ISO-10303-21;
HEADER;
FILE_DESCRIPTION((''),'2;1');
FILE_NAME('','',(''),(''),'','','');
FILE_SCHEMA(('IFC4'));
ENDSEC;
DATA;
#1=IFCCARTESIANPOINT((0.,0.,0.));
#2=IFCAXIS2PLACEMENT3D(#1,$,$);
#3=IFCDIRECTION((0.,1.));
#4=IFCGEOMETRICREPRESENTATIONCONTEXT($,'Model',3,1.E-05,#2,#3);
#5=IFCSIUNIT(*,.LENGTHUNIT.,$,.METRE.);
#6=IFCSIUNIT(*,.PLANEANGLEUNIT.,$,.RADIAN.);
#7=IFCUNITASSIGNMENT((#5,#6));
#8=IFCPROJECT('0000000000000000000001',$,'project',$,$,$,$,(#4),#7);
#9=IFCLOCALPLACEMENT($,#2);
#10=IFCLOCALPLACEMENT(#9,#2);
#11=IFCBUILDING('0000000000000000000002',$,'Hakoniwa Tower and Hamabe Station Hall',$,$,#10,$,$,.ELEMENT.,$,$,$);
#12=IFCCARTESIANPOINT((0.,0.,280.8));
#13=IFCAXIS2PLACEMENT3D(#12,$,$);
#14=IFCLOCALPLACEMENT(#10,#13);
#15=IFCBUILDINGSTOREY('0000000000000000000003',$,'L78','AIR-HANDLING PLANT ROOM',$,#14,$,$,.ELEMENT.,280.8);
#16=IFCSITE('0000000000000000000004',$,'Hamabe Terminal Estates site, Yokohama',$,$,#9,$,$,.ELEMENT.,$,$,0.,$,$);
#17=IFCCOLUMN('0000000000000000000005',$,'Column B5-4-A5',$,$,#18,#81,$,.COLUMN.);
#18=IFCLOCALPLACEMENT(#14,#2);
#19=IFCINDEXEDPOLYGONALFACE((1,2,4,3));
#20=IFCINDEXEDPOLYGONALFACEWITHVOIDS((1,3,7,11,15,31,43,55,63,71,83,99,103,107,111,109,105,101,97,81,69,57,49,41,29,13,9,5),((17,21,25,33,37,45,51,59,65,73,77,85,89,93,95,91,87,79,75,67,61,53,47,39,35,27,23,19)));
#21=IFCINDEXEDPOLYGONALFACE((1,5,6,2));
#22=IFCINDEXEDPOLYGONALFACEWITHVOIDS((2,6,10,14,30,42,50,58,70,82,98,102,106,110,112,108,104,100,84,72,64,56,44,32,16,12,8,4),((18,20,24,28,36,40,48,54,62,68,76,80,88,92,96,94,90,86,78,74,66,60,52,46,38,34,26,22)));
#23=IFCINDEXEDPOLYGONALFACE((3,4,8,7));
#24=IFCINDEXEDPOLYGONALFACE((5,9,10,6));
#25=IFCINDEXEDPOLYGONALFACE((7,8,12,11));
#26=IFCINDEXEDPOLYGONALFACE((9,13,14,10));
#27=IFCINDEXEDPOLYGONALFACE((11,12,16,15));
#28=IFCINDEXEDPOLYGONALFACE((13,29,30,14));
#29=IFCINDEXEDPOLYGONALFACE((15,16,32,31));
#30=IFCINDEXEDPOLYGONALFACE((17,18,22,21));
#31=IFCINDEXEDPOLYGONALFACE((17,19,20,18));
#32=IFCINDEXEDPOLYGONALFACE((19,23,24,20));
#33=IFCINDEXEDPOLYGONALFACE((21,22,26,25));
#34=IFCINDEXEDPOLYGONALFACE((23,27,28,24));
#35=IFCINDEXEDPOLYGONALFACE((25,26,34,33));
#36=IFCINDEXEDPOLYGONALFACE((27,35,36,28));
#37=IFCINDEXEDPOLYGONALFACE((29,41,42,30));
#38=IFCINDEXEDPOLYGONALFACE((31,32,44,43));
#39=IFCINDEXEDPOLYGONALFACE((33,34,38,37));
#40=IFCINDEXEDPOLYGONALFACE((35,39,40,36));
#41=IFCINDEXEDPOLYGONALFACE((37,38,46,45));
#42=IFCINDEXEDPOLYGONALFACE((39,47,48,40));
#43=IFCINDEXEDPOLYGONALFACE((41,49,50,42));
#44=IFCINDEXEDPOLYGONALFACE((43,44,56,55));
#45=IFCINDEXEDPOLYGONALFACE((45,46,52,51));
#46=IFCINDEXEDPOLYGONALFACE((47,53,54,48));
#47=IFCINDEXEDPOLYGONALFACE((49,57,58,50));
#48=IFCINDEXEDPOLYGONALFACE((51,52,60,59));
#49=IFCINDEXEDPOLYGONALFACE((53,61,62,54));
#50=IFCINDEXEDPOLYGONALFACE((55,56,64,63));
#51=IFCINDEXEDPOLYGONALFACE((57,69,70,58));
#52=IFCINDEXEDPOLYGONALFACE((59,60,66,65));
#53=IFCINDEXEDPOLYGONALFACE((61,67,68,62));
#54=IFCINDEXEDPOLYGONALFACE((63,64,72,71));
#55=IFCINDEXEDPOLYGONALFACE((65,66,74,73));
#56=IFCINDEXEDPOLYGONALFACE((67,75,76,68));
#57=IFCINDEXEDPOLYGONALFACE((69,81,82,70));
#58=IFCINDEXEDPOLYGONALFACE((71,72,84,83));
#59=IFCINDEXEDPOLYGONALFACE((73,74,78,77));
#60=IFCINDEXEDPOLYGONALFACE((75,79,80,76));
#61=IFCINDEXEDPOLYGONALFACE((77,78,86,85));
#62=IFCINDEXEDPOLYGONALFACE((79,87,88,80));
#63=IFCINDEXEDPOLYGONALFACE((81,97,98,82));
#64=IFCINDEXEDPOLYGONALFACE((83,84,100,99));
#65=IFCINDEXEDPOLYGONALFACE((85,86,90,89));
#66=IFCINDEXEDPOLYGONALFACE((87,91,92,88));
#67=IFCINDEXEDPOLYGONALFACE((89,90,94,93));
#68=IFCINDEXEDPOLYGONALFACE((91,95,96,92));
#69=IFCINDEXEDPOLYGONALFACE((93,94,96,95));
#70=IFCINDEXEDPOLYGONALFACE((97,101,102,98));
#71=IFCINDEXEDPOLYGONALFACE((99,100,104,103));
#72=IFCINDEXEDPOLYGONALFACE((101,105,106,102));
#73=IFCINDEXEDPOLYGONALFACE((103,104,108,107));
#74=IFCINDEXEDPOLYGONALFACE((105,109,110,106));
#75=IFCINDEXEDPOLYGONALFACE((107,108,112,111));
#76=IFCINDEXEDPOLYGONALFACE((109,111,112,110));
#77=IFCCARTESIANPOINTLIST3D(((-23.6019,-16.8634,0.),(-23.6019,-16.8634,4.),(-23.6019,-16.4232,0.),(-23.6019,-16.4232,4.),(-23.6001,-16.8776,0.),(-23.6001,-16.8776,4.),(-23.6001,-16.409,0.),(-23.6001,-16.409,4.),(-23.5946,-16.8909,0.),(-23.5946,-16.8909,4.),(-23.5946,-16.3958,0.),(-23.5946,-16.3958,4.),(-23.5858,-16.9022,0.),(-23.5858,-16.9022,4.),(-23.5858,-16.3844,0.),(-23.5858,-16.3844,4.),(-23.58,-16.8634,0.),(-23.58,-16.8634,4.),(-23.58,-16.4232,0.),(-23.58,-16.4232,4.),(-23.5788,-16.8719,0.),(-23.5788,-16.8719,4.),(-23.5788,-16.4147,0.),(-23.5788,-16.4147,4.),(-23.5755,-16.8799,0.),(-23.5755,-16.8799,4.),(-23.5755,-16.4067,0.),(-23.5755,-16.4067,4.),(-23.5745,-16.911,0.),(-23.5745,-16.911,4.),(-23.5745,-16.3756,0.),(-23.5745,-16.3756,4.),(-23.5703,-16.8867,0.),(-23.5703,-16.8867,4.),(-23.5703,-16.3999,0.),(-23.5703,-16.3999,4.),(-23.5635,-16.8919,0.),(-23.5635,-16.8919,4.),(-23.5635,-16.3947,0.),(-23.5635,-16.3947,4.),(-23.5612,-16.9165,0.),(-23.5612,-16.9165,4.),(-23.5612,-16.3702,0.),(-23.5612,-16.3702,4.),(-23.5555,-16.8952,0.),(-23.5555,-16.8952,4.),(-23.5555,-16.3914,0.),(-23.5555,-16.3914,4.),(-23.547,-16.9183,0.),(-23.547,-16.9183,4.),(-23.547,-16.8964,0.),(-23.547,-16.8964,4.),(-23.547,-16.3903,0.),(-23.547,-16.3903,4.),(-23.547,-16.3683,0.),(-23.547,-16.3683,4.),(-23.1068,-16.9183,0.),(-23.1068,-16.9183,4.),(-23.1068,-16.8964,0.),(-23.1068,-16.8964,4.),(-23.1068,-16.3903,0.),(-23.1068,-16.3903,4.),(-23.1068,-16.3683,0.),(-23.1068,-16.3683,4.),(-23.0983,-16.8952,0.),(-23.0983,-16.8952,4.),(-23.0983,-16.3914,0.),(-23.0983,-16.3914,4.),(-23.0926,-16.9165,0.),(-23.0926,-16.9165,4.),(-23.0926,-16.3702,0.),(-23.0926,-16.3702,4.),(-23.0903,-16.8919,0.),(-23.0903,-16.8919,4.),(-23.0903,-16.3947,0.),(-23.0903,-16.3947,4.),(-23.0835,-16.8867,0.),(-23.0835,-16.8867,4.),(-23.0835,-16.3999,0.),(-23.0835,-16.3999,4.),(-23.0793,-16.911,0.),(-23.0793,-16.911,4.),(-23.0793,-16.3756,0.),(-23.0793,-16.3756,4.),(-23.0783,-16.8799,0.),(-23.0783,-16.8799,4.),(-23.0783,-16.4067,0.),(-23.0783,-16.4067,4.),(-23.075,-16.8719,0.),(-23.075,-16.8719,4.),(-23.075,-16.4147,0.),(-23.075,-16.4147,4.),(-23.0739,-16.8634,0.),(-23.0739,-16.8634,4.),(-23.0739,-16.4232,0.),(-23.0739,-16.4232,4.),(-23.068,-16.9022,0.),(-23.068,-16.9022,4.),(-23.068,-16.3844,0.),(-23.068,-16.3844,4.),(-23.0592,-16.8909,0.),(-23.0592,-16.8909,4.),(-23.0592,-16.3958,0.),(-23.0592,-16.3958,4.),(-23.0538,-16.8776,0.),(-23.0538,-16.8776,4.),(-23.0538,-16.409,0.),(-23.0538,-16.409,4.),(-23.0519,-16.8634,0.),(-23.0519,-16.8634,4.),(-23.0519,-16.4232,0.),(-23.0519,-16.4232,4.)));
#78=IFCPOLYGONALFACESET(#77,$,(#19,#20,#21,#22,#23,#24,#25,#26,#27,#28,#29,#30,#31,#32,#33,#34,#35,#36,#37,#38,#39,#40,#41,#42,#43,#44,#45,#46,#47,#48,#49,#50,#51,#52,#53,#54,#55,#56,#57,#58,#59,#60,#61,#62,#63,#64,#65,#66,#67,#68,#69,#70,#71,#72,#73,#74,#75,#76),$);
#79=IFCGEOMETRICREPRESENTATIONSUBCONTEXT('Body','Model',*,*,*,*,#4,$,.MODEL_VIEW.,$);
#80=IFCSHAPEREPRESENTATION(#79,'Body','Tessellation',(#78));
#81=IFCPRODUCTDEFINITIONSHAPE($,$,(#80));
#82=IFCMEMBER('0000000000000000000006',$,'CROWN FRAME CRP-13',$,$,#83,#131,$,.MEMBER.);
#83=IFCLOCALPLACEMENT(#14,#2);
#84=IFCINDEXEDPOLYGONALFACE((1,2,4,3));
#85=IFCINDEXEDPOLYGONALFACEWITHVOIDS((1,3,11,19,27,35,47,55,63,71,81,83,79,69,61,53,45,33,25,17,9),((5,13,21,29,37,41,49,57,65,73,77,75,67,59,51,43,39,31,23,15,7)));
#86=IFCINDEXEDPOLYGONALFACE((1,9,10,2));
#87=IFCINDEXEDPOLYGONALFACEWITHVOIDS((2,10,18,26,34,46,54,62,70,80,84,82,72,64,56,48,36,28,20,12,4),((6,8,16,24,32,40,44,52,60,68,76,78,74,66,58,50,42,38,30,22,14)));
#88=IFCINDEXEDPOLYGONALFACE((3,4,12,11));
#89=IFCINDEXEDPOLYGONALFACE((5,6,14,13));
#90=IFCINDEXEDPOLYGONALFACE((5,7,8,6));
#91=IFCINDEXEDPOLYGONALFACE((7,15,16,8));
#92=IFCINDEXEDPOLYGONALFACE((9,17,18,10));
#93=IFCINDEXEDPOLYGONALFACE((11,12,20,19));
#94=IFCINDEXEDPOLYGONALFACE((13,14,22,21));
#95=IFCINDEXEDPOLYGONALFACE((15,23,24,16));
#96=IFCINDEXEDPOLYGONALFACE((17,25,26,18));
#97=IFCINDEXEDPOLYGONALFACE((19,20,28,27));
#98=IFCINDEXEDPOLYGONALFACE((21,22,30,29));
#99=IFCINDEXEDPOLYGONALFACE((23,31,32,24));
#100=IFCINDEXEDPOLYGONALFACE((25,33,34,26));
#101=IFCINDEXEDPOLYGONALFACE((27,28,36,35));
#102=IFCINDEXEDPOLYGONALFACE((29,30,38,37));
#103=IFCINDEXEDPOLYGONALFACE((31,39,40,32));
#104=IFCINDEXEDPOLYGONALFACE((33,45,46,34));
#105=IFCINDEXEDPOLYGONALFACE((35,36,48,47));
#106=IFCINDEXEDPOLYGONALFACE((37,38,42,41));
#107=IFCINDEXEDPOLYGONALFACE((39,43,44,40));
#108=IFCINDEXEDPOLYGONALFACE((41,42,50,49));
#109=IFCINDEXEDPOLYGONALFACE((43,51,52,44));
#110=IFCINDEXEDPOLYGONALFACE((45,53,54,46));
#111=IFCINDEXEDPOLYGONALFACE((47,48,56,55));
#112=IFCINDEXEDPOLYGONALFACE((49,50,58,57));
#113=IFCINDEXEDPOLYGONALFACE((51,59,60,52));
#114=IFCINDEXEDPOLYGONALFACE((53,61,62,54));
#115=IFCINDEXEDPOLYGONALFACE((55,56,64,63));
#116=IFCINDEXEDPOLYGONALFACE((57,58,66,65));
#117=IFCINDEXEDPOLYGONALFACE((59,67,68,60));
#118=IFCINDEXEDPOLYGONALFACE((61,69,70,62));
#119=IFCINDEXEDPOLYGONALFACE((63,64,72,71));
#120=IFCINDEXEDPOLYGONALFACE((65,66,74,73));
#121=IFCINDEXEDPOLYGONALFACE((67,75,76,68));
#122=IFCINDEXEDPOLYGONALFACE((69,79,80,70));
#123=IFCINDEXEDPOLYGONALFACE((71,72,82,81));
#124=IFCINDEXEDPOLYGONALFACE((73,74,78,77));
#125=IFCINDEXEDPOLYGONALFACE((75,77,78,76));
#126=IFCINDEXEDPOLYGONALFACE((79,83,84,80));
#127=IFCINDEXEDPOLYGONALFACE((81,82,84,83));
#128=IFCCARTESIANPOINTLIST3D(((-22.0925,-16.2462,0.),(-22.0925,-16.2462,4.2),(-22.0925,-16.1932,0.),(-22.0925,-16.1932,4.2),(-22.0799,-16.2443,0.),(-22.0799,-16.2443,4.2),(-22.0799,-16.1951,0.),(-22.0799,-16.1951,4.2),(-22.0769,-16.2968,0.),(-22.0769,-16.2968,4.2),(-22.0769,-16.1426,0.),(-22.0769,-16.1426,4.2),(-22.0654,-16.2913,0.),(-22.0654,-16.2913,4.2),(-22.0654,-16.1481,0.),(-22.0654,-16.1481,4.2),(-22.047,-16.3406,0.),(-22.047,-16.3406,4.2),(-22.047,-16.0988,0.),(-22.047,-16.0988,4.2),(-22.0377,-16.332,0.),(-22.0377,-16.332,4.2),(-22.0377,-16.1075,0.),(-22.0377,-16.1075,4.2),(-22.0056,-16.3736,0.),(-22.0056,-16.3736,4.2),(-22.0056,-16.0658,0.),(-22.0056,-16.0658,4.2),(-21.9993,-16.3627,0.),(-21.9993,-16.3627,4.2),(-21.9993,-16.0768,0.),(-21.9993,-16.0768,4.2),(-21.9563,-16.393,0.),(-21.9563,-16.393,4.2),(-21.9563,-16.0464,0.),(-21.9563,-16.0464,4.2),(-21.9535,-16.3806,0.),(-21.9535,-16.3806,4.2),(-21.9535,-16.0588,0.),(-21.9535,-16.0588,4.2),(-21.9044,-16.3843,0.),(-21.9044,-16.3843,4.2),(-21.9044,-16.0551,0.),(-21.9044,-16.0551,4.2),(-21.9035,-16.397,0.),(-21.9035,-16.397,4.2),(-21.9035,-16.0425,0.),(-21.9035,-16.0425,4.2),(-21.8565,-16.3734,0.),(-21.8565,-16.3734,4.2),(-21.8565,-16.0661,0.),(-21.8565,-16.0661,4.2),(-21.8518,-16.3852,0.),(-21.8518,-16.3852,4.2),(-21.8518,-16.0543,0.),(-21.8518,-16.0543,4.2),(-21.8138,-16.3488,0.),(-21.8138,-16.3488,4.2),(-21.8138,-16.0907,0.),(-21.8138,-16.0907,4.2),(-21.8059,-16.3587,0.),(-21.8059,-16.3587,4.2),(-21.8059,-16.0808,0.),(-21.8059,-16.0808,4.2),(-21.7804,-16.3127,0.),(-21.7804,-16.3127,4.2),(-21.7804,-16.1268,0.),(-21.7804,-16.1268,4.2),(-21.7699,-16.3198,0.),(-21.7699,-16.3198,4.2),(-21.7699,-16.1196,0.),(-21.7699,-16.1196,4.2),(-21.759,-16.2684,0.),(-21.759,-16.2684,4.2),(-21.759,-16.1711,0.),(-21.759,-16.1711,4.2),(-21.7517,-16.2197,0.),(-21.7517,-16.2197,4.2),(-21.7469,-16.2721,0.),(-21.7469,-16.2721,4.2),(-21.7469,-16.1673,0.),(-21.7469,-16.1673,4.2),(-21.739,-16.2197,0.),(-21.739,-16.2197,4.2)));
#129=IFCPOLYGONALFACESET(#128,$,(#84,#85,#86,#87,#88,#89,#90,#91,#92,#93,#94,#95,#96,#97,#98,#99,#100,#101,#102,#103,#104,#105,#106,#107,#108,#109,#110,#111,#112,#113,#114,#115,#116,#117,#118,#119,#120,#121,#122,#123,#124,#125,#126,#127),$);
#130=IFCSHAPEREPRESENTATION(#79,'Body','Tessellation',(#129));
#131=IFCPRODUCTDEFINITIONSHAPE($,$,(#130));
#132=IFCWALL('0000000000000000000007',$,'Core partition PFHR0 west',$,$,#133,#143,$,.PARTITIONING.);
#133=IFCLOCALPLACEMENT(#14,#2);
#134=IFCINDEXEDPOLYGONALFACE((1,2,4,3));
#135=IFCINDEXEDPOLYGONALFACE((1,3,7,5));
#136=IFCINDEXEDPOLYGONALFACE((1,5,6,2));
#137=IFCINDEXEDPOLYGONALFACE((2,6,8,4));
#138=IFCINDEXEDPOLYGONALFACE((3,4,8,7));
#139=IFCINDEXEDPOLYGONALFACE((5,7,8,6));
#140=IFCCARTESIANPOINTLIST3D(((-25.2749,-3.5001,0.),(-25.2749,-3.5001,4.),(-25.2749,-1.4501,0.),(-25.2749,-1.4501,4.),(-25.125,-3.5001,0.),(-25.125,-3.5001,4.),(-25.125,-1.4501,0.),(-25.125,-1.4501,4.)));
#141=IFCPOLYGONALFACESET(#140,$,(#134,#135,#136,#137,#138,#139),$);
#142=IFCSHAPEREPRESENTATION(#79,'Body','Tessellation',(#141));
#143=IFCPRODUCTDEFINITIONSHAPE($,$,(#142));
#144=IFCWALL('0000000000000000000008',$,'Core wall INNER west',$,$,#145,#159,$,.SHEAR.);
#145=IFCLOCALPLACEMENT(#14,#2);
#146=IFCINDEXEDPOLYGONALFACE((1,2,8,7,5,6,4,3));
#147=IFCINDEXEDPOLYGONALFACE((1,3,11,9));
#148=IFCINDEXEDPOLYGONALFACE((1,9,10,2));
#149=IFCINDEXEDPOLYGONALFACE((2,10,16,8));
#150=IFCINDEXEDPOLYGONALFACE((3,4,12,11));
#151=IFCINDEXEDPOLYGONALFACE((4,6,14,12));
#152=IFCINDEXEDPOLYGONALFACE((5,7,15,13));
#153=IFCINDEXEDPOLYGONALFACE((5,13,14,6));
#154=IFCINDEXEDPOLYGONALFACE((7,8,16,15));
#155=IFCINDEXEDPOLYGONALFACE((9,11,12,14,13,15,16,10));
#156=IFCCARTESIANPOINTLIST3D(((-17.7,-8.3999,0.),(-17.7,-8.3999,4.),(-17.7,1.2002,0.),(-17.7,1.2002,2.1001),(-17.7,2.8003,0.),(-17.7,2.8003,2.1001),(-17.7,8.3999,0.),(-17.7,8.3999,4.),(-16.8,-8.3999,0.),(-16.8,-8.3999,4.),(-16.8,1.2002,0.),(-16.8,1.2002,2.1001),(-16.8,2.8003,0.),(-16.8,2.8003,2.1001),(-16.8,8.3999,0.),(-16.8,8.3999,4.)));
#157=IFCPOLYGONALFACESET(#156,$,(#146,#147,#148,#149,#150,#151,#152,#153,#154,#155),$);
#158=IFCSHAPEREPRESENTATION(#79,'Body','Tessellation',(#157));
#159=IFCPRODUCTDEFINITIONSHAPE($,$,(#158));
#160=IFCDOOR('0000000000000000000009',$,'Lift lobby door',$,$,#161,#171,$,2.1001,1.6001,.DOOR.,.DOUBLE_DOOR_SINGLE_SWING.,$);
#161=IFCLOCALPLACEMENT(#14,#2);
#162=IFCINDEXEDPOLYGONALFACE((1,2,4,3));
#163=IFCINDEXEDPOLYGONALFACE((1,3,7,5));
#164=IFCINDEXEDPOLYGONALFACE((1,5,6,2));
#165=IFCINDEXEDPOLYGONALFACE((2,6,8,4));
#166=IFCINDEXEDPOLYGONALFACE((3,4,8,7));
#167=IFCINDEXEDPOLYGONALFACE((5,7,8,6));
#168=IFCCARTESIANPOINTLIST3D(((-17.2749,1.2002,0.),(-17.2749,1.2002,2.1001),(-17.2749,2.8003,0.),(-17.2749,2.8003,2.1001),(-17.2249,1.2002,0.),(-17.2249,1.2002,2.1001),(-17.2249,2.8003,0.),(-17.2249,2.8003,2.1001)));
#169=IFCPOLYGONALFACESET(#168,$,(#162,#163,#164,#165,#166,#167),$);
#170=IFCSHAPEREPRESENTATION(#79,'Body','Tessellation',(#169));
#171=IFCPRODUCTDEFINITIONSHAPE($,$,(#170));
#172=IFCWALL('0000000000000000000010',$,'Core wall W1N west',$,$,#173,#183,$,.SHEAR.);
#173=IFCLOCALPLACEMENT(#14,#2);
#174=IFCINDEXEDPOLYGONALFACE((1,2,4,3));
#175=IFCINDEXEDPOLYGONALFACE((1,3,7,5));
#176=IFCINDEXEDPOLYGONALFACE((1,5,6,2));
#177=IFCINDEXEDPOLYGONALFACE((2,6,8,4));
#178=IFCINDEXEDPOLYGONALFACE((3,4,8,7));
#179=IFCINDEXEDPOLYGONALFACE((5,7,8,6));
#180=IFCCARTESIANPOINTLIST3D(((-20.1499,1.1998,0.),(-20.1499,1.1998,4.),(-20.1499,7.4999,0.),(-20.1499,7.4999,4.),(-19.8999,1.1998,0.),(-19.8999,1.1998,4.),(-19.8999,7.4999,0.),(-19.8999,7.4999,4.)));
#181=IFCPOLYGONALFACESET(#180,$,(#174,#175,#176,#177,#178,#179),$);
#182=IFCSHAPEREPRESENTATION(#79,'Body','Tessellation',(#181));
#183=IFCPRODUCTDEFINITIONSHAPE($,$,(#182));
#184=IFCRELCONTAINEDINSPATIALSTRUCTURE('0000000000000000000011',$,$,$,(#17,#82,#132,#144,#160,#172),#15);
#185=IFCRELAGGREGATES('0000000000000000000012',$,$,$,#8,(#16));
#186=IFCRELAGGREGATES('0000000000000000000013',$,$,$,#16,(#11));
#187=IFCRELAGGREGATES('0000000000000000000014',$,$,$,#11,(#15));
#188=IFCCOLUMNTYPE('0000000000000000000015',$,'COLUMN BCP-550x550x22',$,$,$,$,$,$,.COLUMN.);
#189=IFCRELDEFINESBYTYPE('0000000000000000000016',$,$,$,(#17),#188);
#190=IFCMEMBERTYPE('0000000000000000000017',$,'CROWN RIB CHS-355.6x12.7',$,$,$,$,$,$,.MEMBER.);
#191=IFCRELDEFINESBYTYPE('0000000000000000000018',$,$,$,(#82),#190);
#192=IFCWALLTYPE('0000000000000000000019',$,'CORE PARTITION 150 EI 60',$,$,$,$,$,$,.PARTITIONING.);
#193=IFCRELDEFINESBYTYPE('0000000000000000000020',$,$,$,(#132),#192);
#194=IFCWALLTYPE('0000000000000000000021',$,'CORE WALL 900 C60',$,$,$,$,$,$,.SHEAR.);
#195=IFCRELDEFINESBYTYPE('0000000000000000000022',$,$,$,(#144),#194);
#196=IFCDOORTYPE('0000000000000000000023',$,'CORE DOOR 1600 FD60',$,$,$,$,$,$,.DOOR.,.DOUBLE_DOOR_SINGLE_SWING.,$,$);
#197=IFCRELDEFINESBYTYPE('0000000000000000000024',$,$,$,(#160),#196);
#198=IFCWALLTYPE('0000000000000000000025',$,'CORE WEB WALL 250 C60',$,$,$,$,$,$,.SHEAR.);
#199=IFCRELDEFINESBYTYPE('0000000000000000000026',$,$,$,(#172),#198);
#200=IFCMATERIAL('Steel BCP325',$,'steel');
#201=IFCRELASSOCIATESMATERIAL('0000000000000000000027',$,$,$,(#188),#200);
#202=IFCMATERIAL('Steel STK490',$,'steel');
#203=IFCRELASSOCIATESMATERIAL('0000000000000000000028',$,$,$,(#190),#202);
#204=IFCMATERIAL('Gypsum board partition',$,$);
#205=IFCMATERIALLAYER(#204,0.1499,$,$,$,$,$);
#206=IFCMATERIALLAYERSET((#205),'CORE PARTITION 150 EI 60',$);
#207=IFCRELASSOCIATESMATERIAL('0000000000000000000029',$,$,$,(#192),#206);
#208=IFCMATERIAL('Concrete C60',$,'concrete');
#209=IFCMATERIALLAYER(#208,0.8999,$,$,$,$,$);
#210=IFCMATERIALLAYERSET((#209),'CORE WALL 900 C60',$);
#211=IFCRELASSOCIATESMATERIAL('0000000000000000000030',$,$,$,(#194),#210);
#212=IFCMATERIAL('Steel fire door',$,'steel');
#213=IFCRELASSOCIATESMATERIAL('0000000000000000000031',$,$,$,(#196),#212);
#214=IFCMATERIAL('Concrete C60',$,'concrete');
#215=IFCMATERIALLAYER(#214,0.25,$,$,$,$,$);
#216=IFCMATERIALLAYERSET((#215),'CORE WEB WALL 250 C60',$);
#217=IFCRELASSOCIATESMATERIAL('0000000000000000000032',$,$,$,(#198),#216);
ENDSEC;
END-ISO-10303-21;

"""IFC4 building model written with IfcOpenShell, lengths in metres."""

from ifc_helpers import new_model, si_unit, direction, frame, frame_2d, origin, origin_2d, place, context, subcontext, project, spatial, rectangle, hollow_rectangle, hollow_circle, extrude, material, layer, layer_set, material_profile, profile_set, type_object, element, fill, save


model = new_model("IFC4")

# Units and contexts
model_context = context("Model", 3, precision=1e-05, world=origin(), true_north=direction((0.0, 1.0)))
body_context = subcontext(model_context, "Body", "Model", "MODEL_VIEW")
ifc_project = project(units=[si_unit("LENGTHUNIT", "METRE"), si_unit("PLANEANGLEUNIT", "RADIAN")], contexts=[model_context])

# Site, building, storey
site_placement = place(None, origin())
site = spatial("IfcSite", under=ifc_project, at=site_placement, Name="Hamabe Terminal Estates site, Yokohama", CompositionType="ELEMENT", RefElevation=0.0)
building_placement = place(site_placement, origin())
building = spatial("IfcBuilding", under=site, at=building_placement, Name="Hakoniwa Tower and Hamabe Station Hall", CompositionType="ELEMENT")
storey_placement = place(building_placement, frame((0.0, 0.0, 280.8)))
storey = spatial("IfcBuildingStorey", under=building, at=storey_placement, Name="L78", Description="AIR-HANDLING PLANT ROOM", CompositionType="ELEMENT", Elevation=280.8)

# Column
ifc_material_1 = material(Name="Steel BCP325", Category="steel")
ifc_material_profile_1 = material_profile(ifc_material_1, hollow_rectangle(XDim=0.55, YDim=0.55, WallThickness=0.022, InnerFilletRadius=0.033, OuterFilletRadius=0.0549, at=origin_2d()), Name="BCP-550x550x22")
ifc_profile_set_1 = profile_set([ifc_material_profile_1], Name="Steel BCP325")
column_type = type_object("IfcColumnType", Name="COLUMN BCP-550x550x22", PredefinedType="COLUMN", material=ifc_profile_set_1)
column_placement = place(storey_placement, frame((-23.3269, -16.6433, 0.0), z_axis=(0.0, 0.0, 1.0), x_axis=(1.0, 0.0, 0.0)))
element("IfcColumn", 1, at=column_placement, inside=storey, type_object=column_type, Name="Column B5-4-A5", PredefinedType="COLUMN", context=body_context, shape_type="SweptSolid", body=[
    extrude(hollow_rectangle(XDim=0.55, YDim=0.55, WallThickness=0.022, InnerFilletRadius=0.033, OuterFilletRadius=0.0549, at=origin_2d()), origin(), (0.0, 0.0, 1.0), 4.0),
])

# Member
ifc_material_2 = material(Name="Steel STK490", Category="steel")
ifc_material_profile_2 = material_profile(ifc_material_2, hollow_circle(Radius=0.1777, WallThickness=0.0127, at=origin_2d()), Name="CHS-355.6x12.7")
ifc_profile_set_2 = profile_set([ifc_material_profile_2], Name="Steel STK490")
member_type = type_object("IfcMemberType", Name="CROWN RIB CHS-355.6x12.7", PredefinedType="MEMBER", material=ifc_profile_set_2)
member_placement = place(storey_placement, frame((-21.9167, -16.2197, 0.0), z_axis=(0.0, 0.0, 1.0), x_axis=(1.0, 0.0, 0.0)))
element("IfcMember", 2, at=member_placement, inside=storey, type_object=member_type, Name="CROWN FRAME CRP-13", PredefinedType="MEMBER", context=body_context, shape_type="SweptSolid", body=[
    extrude(hollow_circle(Radius=0.1777, WallThickness=0.0127, at=origin_2d()), origin(), (0.0, 0.0, 1.0), 4.2),
])

# Wall
ifc_material_3 = material(Name="Gypsum board partition")
ifc_layer_1 = layer(ifc_material_3, 0.1499)
ifc_layer_set_1 = layer_set([ifc_layer_1], Name="CORE PARTITION 150 EI 60")
wall_type_1 = type_object("IfcWallType", Name="CORE PARTITION 150 EI 60", PredefinedType="PARTITIONING", material=ifc_layer_set_1)
wall_1_placement = place(storey_placement, frame((-25.2, -3.5, 0.0), z_axis=(0.0, 0.0, 1.0), x_axis=(0.0, 1.0, 0.0)))
element("IfcWall", 3, at=wall_1_placement, inside=storey, type_object=wall_type_1, Name="Core partition PFHR0 west", PredefinedType="PARTITIONING", context=body_context, shape_type="SweptSolid", body=[
    extrude(rectangle(XDim=2.05, YDim=0.1499, at=frame_2d((1.0249, 0.0))), origin(), (0.0, 0.0, 1.0), 4.0),
])

# Wall, opening, door
ifc_material_4 = material(Name="Concrete C60", Category="concrete")
ifc_layer_2 = layer(ifc_material_4, 0.8999)
ifc_layer_set_2 = layer_set([ifc_layer_2], Name="CORE WALL 900 C60")
wall_type_2 = type_object("IfcWallType", Name="CORE WALL 900 C60", PredefinedType="SHEAR", material=ifc_layer_set_2)
wall_2_placement = place(storey_placement, frame((-17.25, -8.3999, 0.0), z_axis=(0.0, 0.0, 1.0), x_axis=(0.0, 1.0, 0.0)))
wall_2 = element("IfcWall", 4, at=wall_2_placement, inside=storey, type_object=wall_type_2, Name="Core wall INNER west", PredefinedType="SHEAR", context=body_context, shape_type="SweptSolid", body=[
    extrude(rectangle(XDim=16.7998, YDim=0.8999, at=frame_2d((8.3999, 0.0))), origin(), (0.0, 0.0, 1.0), 4.0),
])
opening_1_placement = place(wall_2_placement, frame((9.6001, 0.0, 0.0)))
opening_1 = element("IfcOpeningElement", 5, at=opening_1_placement, cuts=wall_2, PredefinedType="OPENING", context=body_context, shape_type="SweptSolid", body=[
    extrude(rectangle(XDim=1.6001, YDim=2.1001, at=frame_2d((0.8, 1.05))), frame((0.0, 0.46, 0.0), z_axis=(0.0, -1.0, 0.0), x_axis=(1.0, 0.0, 0.0)), (0.0, 0.0, 1.0), 0.9199),
])
ifc_material_5 = material(Name="Steel fire door", Category="steel")
door_type_1 = type_object("IfcDoorType", Name="CORE DOOR 1600 FD60", OperationType="DOUBLE_DOOR_SINGLE_SWING", PredefinedType="DOOR", material=ifc_material_5)
door_1_placement = place(opening_1_placement, origin())
door_1 = element("IfcDoor", 6, at=door_1_placement, inside=storey, type_object=door_type_1, Name="Lift lobby door", OperationType="DOUBLE_DOOR_SINGLE_SWING", OverallHeight=2.1001, OverallWidth=1.6001, PredefinedType="DOOR", context=body_context, shape_type="SweptSolid", body=[
    extrude(rectangle(XDim=1.6001, YDim=2.1001, at=frame_2d((0.8, 1.05))), frame((0.0, 0.0249, 0.0), z_axis=(0.0, -1.0, 0.0), x_axis=(1.0, 0.0, 0.0)), (0.0, 0.0, 1.0), 0.05),
])
fill(opening_1, door_1)

# Wall
ifc_material_6 = material(Name="Concrete C60", Category="concrete")
ifc_layer_3 = layer(ifc_material_6, 0.25)
ifc_layer_set_3 = layer_set([ifc_layer_3], Name="CORE WEB WALL 250 C60")
wall_type_3 = type_object("IfcWallType", Name="CORE WEB WALL 250 C60", PredefinedType="SHEAR", material=ifc_layer_set_3)
wall_3_placement = place(storey_placement, frame((-20.0249, 1.2, 0.0), z_axis=(0.0, 0.0, 1.0), x_axis=(0.0, 1.0, 0.0)))
element("IfcWall", 7, at=wall_3_placement, inside=storey, type_object=wall_type_3, Name="Core wall W1N west", PredefinedType="SHEAR", context=body_context, shape_type="SweptSolid", body=[
    extrude(rectangle(XDim=6.3, YDim=0.25, at=frame_2d((3.1499, 0.0))), origin(), (0.0, 0.0, 1.0), 4.0),
])

save(model, "model.ifc")
